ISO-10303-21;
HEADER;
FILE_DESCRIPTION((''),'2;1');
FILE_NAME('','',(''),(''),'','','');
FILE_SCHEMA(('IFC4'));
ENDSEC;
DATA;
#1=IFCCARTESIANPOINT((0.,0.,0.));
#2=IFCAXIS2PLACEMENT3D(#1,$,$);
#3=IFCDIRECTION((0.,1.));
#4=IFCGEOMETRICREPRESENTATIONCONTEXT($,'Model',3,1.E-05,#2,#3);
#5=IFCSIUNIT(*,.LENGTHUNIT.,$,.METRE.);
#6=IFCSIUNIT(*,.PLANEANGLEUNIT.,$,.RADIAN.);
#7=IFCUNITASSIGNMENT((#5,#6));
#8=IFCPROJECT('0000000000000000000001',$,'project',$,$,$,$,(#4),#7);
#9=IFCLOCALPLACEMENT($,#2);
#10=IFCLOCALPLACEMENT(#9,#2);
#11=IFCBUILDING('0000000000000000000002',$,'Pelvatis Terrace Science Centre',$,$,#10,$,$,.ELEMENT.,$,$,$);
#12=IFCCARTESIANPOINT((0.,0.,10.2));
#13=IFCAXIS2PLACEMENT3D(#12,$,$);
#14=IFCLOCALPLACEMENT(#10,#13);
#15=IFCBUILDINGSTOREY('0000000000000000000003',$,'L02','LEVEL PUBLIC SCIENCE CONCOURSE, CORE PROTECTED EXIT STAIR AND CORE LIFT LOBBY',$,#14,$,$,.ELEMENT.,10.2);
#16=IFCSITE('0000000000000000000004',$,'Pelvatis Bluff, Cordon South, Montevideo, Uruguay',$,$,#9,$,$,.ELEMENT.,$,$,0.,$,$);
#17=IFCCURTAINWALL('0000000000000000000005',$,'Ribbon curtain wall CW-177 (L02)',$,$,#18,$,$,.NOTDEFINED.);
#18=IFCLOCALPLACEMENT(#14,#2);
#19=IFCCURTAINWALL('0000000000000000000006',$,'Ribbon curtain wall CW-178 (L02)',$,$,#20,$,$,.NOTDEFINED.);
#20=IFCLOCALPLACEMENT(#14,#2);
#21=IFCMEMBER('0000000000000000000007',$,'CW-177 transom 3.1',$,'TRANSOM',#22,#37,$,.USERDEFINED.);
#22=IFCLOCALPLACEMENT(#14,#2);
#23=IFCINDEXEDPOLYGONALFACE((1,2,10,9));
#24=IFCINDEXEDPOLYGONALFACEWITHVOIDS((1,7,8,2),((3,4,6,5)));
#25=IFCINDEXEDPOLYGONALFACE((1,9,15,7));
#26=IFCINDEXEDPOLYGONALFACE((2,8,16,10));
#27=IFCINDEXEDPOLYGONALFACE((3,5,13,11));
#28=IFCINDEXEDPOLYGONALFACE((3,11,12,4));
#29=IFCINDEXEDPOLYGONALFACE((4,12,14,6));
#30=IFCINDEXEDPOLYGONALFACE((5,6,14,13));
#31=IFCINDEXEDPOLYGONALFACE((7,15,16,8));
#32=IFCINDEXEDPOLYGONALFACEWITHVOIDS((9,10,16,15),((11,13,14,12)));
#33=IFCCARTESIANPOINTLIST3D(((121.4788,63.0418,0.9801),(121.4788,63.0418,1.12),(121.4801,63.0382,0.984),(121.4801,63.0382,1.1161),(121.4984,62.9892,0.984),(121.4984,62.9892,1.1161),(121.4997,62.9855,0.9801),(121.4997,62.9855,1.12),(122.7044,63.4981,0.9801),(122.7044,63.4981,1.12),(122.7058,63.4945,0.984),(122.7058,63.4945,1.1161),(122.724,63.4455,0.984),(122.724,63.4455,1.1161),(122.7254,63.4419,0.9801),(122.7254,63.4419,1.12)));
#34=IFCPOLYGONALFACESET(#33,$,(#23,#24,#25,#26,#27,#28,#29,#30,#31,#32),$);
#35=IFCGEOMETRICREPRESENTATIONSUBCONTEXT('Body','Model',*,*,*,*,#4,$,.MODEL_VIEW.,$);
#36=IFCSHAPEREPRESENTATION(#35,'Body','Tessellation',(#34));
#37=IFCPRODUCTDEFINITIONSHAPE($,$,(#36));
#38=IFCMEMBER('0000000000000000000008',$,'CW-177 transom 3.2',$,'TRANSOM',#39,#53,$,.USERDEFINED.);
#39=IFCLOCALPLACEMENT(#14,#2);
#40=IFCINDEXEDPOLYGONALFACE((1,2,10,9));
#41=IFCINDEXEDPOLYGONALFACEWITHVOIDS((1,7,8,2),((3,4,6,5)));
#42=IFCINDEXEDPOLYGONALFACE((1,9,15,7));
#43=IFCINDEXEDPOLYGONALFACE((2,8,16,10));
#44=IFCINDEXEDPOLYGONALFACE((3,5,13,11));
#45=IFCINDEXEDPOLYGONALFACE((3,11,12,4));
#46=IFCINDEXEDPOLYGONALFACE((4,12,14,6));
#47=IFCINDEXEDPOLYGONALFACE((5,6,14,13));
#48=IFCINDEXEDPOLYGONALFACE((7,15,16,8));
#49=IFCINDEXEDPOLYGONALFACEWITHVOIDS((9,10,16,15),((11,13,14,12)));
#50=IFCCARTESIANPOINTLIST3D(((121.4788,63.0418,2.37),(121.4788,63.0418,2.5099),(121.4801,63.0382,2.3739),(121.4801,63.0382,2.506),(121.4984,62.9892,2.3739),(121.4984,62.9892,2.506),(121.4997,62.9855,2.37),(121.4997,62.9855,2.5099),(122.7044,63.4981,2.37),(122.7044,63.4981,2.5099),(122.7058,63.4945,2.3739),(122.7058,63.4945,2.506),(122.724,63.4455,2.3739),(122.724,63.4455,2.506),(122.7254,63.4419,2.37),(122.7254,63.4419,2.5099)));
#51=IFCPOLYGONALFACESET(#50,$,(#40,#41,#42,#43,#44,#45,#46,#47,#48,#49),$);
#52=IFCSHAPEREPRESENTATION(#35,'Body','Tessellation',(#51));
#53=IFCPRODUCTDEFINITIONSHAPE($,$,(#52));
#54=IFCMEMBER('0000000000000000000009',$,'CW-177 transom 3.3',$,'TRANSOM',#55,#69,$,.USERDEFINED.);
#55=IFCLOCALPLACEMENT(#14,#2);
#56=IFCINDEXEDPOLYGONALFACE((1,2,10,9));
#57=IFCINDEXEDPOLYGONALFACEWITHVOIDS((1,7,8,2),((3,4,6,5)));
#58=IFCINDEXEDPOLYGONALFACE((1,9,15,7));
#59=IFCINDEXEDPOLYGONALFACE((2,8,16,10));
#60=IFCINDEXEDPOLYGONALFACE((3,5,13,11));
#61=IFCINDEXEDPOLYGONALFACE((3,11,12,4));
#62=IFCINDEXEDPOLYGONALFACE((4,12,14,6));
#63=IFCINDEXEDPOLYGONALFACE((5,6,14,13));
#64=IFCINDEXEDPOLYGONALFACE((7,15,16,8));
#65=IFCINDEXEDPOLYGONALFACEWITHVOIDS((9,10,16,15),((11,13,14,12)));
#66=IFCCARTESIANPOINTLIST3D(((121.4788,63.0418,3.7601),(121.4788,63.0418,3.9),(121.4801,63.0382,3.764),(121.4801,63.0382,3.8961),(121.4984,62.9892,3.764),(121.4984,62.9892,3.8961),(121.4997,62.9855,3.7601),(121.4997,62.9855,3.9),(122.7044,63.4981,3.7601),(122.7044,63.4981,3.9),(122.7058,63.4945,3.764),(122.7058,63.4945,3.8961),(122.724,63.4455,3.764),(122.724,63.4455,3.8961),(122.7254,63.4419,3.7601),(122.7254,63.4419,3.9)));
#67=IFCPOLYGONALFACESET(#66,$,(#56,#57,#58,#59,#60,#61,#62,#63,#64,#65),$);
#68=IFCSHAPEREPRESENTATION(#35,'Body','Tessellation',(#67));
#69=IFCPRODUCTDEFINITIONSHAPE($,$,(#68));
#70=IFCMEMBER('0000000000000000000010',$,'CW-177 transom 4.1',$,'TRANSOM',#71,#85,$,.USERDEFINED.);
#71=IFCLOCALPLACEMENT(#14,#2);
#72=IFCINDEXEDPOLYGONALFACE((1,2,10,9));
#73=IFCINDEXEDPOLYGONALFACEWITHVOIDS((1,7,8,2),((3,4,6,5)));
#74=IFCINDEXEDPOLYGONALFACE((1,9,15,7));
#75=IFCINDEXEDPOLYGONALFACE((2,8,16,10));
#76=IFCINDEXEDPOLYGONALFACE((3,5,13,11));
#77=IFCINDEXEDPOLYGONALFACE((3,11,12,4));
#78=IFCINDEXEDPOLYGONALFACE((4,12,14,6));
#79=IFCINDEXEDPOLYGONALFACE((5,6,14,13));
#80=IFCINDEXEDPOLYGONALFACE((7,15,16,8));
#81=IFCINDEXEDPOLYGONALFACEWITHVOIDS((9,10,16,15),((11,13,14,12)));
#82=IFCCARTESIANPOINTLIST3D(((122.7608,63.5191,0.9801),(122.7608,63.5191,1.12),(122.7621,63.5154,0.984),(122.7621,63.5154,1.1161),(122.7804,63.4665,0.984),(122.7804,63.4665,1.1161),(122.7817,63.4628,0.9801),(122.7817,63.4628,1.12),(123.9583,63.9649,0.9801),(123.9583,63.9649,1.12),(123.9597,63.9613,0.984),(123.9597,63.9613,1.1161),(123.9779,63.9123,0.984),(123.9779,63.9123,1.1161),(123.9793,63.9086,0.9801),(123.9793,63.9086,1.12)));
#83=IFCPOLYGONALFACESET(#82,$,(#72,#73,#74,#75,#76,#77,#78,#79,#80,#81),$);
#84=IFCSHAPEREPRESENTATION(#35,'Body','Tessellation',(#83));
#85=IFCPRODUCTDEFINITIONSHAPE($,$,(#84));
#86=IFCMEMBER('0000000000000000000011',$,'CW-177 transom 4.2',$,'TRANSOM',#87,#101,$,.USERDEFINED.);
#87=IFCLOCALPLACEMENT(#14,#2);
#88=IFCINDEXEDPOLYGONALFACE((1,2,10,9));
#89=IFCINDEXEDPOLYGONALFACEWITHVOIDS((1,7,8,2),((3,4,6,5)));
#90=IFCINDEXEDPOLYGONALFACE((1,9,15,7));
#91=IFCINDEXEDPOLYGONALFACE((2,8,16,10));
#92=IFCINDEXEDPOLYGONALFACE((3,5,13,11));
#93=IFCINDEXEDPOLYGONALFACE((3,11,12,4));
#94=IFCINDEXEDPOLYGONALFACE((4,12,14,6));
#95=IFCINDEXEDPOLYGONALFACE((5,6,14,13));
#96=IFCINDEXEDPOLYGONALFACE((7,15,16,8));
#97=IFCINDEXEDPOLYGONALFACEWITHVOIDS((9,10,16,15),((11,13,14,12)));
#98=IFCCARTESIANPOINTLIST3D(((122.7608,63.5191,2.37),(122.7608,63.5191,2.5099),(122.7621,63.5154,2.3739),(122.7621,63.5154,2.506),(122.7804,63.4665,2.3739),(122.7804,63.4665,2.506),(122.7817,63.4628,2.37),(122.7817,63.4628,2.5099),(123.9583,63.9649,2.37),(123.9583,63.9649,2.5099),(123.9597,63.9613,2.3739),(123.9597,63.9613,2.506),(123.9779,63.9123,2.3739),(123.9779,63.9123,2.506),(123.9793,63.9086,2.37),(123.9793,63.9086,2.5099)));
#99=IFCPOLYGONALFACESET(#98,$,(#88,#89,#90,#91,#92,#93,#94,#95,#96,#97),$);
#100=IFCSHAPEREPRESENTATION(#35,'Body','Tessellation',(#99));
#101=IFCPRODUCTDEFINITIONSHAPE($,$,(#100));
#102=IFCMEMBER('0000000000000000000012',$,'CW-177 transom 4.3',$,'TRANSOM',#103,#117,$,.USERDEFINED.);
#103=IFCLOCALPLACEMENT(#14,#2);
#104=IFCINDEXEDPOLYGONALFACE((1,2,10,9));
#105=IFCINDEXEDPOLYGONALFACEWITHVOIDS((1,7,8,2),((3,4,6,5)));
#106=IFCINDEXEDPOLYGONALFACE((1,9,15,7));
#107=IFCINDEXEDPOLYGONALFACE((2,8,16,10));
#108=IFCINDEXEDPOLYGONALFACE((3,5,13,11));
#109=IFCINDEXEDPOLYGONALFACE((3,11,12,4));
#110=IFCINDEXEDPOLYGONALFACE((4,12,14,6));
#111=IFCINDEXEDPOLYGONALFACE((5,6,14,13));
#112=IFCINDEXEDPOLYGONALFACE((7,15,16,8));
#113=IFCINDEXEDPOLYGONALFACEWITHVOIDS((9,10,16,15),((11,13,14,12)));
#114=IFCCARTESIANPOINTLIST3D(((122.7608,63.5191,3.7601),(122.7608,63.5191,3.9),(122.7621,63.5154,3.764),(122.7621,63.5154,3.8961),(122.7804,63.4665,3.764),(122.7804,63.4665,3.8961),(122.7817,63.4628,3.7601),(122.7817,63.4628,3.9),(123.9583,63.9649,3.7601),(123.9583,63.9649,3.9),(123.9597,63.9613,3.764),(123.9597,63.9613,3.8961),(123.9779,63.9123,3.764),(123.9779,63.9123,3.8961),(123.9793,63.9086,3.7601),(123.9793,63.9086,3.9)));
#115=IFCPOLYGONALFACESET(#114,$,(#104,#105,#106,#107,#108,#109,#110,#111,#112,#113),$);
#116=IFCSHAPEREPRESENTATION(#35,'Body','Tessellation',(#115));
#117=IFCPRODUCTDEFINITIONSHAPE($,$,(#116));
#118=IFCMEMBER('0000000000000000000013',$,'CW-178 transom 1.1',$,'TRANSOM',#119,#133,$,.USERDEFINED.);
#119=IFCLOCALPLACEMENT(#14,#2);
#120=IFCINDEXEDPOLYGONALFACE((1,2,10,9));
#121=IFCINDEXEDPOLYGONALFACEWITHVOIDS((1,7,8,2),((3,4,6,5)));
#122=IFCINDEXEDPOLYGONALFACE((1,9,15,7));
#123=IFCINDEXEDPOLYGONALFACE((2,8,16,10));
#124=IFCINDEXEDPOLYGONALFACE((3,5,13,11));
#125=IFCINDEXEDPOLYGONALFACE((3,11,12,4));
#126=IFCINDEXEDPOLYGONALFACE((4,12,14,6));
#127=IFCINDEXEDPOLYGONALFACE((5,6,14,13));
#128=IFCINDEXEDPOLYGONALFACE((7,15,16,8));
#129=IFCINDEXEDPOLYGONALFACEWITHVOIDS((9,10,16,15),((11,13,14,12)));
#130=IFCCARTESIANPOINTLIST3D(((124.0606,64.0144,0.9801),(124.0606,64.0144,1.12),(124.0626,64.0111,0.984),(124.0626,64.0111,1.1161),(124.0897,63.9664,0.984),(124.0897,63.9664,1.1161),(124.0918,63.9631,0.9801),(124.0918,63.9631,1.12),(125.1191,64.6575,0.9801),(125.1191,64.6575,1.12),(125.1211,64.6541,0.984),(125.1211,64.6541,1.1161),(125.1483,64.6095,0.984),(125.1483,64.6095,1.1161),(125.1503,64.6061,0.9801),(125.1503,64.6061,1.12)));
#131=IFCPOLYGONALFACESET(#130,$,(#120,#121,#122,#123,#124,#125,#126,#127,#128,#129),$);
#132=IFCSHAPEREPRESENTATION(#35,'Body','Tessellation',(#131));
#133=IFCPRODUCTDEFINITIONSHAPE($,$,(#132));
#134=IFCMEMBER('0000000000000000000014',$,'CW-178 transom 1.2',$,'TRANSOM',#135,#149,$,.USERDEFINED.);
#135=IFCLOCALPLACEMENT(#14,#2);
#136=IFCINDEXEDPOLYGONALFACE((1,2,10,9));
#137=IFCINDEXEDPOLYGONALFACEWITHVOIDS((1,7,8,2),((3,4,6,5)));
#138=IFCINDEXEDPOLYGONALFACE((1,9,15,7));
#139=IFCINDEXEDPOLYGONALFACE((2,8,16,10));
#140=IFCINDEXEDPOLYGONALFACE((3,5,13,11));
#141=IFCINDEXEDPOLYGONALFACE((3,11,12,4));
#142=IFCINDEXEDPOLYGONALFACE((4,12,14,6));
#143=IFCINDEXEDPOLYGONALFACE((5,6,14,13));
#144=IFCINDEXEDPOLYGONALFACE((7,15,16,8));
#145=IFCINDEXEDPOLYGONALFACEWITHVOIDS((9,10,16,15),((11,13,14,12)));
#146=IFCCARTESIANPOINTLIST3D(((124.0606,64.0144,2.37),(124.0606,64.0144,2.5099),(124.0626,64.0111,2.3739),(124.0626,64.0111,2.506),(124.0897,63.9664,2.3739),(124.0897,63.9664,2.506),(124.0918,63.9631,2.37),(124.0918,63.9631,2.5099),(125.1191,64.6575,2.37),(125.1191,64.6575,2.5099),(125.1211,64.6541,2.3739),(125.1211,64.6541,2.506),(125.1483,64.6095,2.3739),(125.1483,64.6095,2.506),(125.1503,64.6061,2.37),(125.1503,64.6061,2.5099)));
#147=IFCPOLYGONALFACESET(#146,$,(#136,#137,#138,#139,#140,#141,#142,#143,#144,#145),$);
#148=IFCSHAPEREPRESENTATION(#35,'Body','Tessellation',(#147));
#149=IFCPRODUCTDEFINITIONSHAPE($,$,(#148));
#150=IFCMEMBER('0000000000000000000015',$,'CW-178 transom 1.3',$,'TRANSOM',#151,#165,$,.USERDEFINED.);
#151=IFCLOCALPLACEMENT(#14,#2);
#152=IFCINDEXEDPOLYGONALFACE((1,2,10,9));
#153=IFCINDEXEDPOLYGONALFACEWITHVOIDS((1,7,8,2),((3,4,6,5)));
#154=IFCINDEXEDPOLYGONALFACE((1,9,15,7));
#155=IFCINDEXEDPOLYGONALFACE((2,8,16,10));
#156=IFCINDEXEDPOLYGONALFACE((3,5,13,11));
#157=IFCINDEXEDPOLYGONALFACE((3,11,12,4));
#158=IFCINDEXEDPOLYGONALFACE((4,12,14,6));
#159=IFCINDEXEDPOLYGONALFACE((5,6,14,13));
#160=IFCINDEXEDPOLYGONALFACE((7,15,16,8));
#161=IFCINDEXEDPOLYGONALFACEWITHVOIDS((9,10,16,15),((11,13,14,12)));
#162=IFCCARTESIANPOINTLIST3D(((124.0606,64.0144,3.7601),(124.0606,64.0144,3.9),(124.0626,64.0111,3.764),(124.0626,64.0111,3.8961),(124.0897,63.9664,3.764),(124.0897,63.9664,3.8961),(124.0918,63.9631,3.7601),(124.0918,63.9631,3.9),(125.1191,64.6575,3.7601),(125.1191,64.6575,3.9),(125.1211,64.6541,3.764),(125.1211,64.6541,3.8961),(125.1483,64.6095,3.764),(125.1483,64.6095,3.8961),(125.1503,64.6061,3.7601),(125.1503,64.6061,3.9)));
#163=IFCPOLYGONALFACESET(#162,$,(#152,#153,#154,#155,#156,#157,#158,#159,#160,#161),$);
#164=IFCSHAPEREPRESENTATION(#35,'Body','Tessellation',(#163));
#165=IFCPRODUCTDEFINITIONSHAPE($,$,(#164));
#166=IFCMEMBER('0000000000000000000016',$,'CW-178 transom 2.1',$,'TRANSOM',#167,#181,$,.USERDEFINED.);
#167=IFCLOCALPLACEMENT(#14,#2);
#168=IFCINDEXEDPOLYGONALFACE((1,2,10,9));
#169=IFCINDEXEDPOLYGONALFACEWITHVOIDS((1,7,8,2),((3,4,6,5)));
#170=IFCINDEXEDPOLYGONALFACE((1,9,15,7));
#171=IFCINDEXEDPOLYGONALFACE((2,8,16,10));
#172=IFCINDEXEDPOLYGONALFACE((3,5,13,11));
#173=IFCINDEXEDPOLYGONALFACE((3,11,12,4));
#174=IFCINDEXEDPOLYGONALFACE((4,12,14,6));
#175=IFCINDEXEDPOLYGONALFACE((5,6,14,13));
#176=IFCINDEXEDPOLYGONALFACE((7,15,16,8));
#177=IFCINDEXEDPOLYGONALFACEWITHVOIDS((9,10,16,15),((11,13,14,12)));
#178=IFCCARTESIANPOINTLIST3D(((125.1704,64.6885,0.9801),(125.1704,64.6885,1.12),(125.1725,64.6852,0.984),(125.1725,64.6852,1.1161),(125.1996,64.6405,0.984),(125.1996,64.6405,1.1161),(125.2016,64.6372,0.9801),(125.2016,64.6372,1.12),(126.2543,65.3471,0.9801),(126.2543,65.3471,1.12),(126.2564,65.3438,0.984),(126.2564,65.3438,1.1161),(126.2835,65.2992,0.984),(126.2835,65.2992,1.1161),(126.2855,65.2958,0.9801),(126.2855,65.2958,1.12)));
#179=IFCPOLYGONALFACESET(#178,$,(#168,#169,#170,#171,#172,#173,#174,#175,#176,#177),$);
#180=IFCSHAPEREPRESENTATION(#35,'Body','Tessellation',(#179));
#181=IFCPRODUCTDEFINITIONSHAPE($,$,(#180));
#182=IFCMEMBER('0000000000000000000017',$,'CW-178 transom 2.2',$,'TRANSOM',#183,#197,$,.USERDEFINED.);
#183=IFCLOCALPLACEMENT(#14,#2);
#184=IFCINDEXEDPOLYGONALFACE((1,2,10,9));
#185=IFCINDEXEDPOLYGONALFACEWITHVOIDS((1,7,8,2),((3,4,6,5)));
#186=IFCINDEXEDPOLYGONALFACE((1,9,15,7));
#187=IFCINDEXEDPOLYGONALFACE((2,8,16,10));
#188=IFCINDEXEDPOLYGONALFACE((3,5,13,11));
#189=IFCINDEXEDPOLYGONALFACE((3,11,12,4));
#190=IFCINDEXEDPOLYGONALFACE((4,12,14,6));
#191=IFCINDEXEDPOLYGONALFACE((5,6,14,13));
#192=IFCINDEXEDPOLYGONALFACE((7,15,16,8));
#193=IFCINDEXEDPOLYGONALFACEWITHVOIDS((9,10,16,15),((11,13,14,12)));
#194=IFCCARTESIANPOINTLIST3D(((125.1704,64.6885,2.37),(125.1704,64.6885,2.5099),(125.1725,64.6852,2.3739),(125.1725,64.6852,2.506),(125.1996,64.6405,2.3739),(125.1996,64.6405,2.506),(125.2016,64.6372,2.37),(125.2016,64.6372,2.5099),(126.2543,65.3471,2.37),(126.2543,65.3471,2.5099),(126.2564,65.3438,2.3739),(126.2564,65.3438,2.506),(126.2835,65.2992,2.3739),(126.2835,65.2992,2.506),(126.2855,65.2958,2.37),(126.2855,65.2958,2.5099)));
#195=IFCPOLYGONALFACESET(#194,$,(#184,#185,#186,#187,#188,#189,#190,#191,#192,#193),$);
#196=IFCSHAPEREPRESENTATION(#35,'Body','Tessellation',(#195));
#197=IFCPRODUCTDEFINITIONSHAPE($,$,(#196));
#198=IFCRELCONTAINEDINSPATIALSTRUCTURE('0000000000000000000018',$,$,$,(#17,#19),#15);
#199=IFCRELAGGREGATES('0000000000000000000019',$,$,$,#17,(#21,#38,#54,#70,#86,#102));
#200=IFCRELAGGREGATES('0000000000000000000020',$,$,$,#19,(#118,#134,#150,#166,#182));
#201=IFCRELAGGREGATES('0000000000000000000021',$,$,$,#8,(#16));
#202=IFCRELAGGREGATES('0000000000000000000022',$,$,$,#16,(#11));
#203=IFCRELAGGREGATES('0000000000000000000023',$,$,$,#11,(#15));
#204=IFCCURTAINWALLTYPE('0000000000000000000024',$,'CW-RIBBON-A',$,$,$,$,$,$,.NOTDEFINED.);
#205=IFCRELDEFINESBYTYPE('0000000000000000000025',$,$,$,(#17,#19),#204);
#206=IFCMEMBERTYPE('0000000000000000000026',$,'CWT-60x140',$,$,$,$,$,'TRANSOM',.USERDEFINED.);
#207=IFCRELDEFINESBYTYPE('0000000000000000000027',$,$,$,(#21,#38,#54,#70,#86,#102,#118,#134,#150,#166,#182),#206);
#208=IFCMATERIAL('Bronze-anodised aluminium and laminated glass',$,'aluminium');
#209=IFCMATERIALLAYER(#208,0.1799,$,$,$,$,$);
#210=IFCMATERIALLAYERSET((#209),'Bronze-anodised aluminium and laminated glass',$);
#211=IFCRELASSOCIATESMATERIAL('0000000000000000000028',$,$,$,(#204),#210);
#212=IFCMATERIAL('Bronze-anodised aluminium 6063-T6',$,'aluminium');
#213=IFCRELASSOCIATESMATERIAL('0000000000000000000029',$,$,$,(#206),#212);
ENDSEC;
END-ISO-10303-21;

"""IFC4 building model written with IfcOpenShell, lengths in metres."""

from ifc_helpers import new_model, si_unit, direction, frame, origin, origin_2d, place, context, subcontext, project, spatial, hollow_rectangle, extrude, material, layer, layer_set, material_profile, profile_set, type_object, element, aggregate, save


model = new_model("IFC4")

# Units and contexts
model_context = context("Model", 3, precision=1e-05, world=origin(), true_north=direction((0.0, 1.0)))
body_context = subcontext(model_context, "Body", "Model", "MODEL_VIEW")
ifc_project = project(units=[si_unit("LENGTHUNIT", "METRE"), si_unit("PLANEANGLEUNIT", "RADIAN")], contexts=[model_context])

# Site, building, storey
site_placement = place(None, origin())
site = spatial("IfcSite", under=ifc_project, at=site_placement, Name="Pelvatis Bluff, Cordon South, Montevideo, Uruguay", CompositionType="ELEMENT", RefElevation=0.0)
building_placement = place(site_placement, origin())
building = spatial("IfcBuilding", under=site, at=building_placement, Name="Pelvatis Terrace Science Centre", CompositionType="ELEMENT")
storey_placement = place(building_placement, frame((0.0, 0.0, 10.2)))
storey = spatial("IfcBuildingStorey", under=building, at=storey_placement, Name="L02", Description="LEVEL PUBLIC SCIENCE CONCOURSE, CORE PROTECTED EXIT STAIR AND CORE LIFT LOBBY", CompositionType="ELEMENT", Elevation=10.2)

# Curtain walls
ifc_material_1 = material(Name="Bronze-anodised aluminium and laminated glass", Category="aluminium")
ifc_layer_1 = layer(ifc_material_1, 0.1799)
ifc_layer_set_1 = layer_set([ifc_layer_1], Name="Bronze-anodised aluminium and laminated glass")
curtain_wall_type = type_object("IfcCurtainWallType", Name="CW-RIBBON-A", PredefinedType="NOTDEFINED", material=ifc_layer_set_1)
curtain_wall_1_placement = place(storey_placement, origin())
curtain_wall_1 = element("IfcCurtainWall", 1, at=curtain_wall_1_placement, inside=storey, type_object=curtain_wall_type, Name="Ribbon curtain wall CW-177 (L02)", PredefinedType="NOTDEFINED")
curtain_wall_2_placement = place(storey_placement, origin())
curtain_wall_2 = element("IfcCurtainWall", 2, at=curtain_wall_2_placement, inside=storey, type_object=curtain_wall_type, Name="Ribbon curtain wall CW-178 (L02)", PredefinedType="NOTDEFINED")

# Members
ifc_material_2 = material(Name="Bronze-anodised aluminium 6063-T6", Category="aluminium")
ifc_material_profile_1 = material_profile(ifc_material_2, hollow_rectangle(XDim=0.0601, YDim=0.1399, WallThickness=0.0039, at=origin_2d()), Name="ALU-TRN 60x140")
ifc_profile_set_1 = profile_set([ifc_material_profile_1], Name="Bronze-anodised aluminium 6063-T6")
member_type_1 = type_object("IfcMemberType", Name="CWT-60x140", ElementType="TRANSOM", PredefinedType="USERDEFINED", material=ifc_profile_set_1)
member_1_placement = place(storey_placement, frame((121.4893, 63.0137, 1.05), z_axis=(0.937155, 0.348913, 0.0), x_axis=(-0.348913, 0.937155, 0.0)))
member_1 = element("IfcMember", 3, at=member_1_placement, type_object=member_type_1, Name="CW-177 transom 3.1", ObjectType="TRANSOM", PredefinedType="USERDEFINED", context=body_context, shape_type="SweptSolid", body=[
    extrude(hollow_rectangle(XDim=0.0601, YDim=0.1399, WallThickness=0.0039, at=origin_2d()), origin(), (0.0, 0.0, 1.0), 1.3079),
])
member_2_placement = place(storey_placement, frame((121.4893, 63.0137, 2.4399), z_axis=(0.937155, 0.348913, 0.0), x_axis=(-0.348913, 0.937155, 0.0)))
member_2 = element("IfcMember", 4, at=member_2_placement, type_object=member_type_1, Name="CW-177 transom 3.2", ObjectType="TRANSOM", PredefinedType="USERDEFINED", context=body_context, shape_type="SweptSolid", body=[
    extrude(hollow_rectangle(XDim=0.0601, YDim=0.1399, WallThickness=0.0039, at=origin_2d()), origin(), (0.0, 0.0, 1.0), 1.3079),
])
member_3_placement = place(storey_placement, frame((121.4893, 63.0137, 3.8301), z_axis=(0.937155, 0.348913, 0.0), x_axis=(-0.348913, 0.937155, 0.0)))
member_3 = element("IfcMember", 5, at=member_3_placement, type_object=member_type_1, Name="CW-177 transom 3.3", ObjectType="TRANSOM", PredefinedType="USERDEFINED", context=body_context, shape_type="SweptSolid", body=[
    extrude(hollow_rectangle(XDim=0.0601, YDim=0.1399, WallThickness=0.0039, at=origin_2d()), origin(), (0.0, 0.0, 1.0), 1.3079),
])
member_4_placement = place(storey_placement, frame((122.7712, 63.491, 1.05), z_axis=(0.937167, 0.348882, 0.0), x_axis=(-0.348882, 0.937167, 0.0)))
member_4 = element("IfcMember", 6, at=member_4_placement, type_object=member_type_1, Name="CW-177 transom 4.1", ObjectType="TRANSOM", PredefinedType="USERDEFINED", context=body_context, shape_type="SweptSolid", body=[
    extrude(hollow_rectangle(XDim=0.0601, YDim=0.1399, WallThickness=0.0039, at=origin_2d()), origin(), (0.0, 0.0, 1.0), 1.2778),
])
member_5_placement = place(storey_placement, frame((122.7712, 63.491, 2.4399), z_axis=(0.937167, 0.348882, 0.0), x_axis=(-0.348882, 0.937167, 0.0)))
member_5 = element("IfcMember", 7, at=member_5_placement, type_object=member_type_1, Name="CW-177 transom 4.2", ObjectType="TRANSOM", PredefinedType="USERDEFINED", context=body_context, shape_type="SweptSolid", body=[
    extrude(hollow_rectangle(XDim=0.0601, YDim=0.1399, WallThickness=0.0039, at=origin_2d()), origin(), (0.0, 0.0, 1.0), 1.2778),
])
member_6_placement = place(storey_placement, frame((122.7712, 63.491, 3.8301), z_axis=(0.937167, 0.348882, 0.0), x_axis=(-0.348882, 0.937167, 0.0)))
member_6 = element("IfcMember", 8, at=member_6_placement, type_object=member_type_1, Name="CW-177 transom 4.3", ObjectType="TRANSOM", PredefinedType="USERDEFINED", context=body_context, shape_type="SweptSolid", body=[
    extrude(hollow_rectangle(XDim=0.0601, YDim=0.1399, WallThickness=0.0039, at=origin_2d()), origin(), (0.0, 0.0, 1.0), 1.2778),
])
member_7_placement = place(storey_placement, frame((124.0762, 63.9888, 1.05), z_axis=(0.854663, 0.519184, 0.0), x_axis=(-0.519184, 0.854663, 0.0)))
member_7 = element("IfcMember", 9, at=member_7_placement, type_object=member_type_1, Name="CW-178 transom 1.1", ObjectType="TRANSOM", PredefinedType="USERDEFINED", context=body_context, shape_type="SweptSolid", body=[
    extrude(hollow_rectangle(XDim=0.0601, YDim=0.1399, WallThickness=0.0039, at=origin_2d()), origin(), (0.0, 0.0, 1.0), 1.2385),
])
member_8_placement = place(storey_placement, frame((124.0762, 63.9888, 2.4399), z_axis=(0.854663, 0.519184, 0.0), x_axis=(-0.519184, 0.854663, 0.0)))
member_8 = element("IfcMember", 10, at=member_8_placement, type_object=member_type_1, Name="CW-178 transom 1.2", ObjectType="TRANSOM", PredefinedType="USERDEFINED", context=body_context, shape_type="SweptSolid", body=[
    extrude(hollow_rectangle(XDim=0.0601, YDim=0.1399, WallThickness=0.0039, at=origin_2d()), origin(), (0.0, 0.0, 1.0), 1.2385),
])
member_9_placement = place(storey_placement, frame((124.0762, 63.9888, 3.8301), z_axis=(0.854663, 0.519184, 0.0), x_axis=(-0.519184, 0.854663, 0.0)))
member_9 = element("IfcMember", 11, at=member_9_placement, type_object=member_type_1, Name="CW-178 transom 1.3", ObjectType="TRANSOM", PredefinedType="USERDEFINED", context=body_context, shape_type="SweptSolid", body=[
    extrude(hollow_rectangle(XDim=0.0601, YDim=0.1399, WallThickness=0.0039, at=origin_2d()), origin(), (0.0, 0.0, 1.0), 1.2385),
])
member_10_placement = place(storey_placement, frame((125.186, 64.6628, 1.05), z_axis=(0.854592, 0.5193, 0.0), x_axis=(-0.5193, 0.854592, 0.0)))
member_10 = element("IfcMember", 12, at=member_10_placement, type_object=member_type_1, Name="CW-178 transom 2.1", ObjectType="TRANSOM", PredefinedType="USERDEFINED", context=body_context, shape_type="SweptSolid", body=[
    extrude(hollow_rectangle(XDim=0.0601, YDim=0.1399, WallThickness=0.0039, at=origin_2d()), origin(), (0.0, 0.0, 1.0), 1.2683),
])
member_11_placement = place(storey_placement, frame((125.186, 64.6628, 2.4399), z_axis=(0.854592, 0.5193, 0.0), x_axis=(-0.5193, 0.854592, 0.0)))
member_11 = element("IfcMember", 13, at=member_11_placement, type_object=member_type_1, Name="CW-178 transom 2.2", ObjectType="TRANSOM", PredefinedType="USERDEFINED", context=body_context, shape_type="SweptSolid", body=[
    extrude(hollow_rectangle(XDim=0.0601, YDim=0.1399, WallThickness=0.0039, at=origin_2d()), origin(), (0.0, 0.0, 1.0), 1.2683),
])

aggregate(curtain_wall_1, [member_1, member_2, member_3, member_4, member_5, member_6])
aggregate(curtain_wall_2, [member_7, member_8, member_9, member_10, member_11])

save(model, "model.ifc")
